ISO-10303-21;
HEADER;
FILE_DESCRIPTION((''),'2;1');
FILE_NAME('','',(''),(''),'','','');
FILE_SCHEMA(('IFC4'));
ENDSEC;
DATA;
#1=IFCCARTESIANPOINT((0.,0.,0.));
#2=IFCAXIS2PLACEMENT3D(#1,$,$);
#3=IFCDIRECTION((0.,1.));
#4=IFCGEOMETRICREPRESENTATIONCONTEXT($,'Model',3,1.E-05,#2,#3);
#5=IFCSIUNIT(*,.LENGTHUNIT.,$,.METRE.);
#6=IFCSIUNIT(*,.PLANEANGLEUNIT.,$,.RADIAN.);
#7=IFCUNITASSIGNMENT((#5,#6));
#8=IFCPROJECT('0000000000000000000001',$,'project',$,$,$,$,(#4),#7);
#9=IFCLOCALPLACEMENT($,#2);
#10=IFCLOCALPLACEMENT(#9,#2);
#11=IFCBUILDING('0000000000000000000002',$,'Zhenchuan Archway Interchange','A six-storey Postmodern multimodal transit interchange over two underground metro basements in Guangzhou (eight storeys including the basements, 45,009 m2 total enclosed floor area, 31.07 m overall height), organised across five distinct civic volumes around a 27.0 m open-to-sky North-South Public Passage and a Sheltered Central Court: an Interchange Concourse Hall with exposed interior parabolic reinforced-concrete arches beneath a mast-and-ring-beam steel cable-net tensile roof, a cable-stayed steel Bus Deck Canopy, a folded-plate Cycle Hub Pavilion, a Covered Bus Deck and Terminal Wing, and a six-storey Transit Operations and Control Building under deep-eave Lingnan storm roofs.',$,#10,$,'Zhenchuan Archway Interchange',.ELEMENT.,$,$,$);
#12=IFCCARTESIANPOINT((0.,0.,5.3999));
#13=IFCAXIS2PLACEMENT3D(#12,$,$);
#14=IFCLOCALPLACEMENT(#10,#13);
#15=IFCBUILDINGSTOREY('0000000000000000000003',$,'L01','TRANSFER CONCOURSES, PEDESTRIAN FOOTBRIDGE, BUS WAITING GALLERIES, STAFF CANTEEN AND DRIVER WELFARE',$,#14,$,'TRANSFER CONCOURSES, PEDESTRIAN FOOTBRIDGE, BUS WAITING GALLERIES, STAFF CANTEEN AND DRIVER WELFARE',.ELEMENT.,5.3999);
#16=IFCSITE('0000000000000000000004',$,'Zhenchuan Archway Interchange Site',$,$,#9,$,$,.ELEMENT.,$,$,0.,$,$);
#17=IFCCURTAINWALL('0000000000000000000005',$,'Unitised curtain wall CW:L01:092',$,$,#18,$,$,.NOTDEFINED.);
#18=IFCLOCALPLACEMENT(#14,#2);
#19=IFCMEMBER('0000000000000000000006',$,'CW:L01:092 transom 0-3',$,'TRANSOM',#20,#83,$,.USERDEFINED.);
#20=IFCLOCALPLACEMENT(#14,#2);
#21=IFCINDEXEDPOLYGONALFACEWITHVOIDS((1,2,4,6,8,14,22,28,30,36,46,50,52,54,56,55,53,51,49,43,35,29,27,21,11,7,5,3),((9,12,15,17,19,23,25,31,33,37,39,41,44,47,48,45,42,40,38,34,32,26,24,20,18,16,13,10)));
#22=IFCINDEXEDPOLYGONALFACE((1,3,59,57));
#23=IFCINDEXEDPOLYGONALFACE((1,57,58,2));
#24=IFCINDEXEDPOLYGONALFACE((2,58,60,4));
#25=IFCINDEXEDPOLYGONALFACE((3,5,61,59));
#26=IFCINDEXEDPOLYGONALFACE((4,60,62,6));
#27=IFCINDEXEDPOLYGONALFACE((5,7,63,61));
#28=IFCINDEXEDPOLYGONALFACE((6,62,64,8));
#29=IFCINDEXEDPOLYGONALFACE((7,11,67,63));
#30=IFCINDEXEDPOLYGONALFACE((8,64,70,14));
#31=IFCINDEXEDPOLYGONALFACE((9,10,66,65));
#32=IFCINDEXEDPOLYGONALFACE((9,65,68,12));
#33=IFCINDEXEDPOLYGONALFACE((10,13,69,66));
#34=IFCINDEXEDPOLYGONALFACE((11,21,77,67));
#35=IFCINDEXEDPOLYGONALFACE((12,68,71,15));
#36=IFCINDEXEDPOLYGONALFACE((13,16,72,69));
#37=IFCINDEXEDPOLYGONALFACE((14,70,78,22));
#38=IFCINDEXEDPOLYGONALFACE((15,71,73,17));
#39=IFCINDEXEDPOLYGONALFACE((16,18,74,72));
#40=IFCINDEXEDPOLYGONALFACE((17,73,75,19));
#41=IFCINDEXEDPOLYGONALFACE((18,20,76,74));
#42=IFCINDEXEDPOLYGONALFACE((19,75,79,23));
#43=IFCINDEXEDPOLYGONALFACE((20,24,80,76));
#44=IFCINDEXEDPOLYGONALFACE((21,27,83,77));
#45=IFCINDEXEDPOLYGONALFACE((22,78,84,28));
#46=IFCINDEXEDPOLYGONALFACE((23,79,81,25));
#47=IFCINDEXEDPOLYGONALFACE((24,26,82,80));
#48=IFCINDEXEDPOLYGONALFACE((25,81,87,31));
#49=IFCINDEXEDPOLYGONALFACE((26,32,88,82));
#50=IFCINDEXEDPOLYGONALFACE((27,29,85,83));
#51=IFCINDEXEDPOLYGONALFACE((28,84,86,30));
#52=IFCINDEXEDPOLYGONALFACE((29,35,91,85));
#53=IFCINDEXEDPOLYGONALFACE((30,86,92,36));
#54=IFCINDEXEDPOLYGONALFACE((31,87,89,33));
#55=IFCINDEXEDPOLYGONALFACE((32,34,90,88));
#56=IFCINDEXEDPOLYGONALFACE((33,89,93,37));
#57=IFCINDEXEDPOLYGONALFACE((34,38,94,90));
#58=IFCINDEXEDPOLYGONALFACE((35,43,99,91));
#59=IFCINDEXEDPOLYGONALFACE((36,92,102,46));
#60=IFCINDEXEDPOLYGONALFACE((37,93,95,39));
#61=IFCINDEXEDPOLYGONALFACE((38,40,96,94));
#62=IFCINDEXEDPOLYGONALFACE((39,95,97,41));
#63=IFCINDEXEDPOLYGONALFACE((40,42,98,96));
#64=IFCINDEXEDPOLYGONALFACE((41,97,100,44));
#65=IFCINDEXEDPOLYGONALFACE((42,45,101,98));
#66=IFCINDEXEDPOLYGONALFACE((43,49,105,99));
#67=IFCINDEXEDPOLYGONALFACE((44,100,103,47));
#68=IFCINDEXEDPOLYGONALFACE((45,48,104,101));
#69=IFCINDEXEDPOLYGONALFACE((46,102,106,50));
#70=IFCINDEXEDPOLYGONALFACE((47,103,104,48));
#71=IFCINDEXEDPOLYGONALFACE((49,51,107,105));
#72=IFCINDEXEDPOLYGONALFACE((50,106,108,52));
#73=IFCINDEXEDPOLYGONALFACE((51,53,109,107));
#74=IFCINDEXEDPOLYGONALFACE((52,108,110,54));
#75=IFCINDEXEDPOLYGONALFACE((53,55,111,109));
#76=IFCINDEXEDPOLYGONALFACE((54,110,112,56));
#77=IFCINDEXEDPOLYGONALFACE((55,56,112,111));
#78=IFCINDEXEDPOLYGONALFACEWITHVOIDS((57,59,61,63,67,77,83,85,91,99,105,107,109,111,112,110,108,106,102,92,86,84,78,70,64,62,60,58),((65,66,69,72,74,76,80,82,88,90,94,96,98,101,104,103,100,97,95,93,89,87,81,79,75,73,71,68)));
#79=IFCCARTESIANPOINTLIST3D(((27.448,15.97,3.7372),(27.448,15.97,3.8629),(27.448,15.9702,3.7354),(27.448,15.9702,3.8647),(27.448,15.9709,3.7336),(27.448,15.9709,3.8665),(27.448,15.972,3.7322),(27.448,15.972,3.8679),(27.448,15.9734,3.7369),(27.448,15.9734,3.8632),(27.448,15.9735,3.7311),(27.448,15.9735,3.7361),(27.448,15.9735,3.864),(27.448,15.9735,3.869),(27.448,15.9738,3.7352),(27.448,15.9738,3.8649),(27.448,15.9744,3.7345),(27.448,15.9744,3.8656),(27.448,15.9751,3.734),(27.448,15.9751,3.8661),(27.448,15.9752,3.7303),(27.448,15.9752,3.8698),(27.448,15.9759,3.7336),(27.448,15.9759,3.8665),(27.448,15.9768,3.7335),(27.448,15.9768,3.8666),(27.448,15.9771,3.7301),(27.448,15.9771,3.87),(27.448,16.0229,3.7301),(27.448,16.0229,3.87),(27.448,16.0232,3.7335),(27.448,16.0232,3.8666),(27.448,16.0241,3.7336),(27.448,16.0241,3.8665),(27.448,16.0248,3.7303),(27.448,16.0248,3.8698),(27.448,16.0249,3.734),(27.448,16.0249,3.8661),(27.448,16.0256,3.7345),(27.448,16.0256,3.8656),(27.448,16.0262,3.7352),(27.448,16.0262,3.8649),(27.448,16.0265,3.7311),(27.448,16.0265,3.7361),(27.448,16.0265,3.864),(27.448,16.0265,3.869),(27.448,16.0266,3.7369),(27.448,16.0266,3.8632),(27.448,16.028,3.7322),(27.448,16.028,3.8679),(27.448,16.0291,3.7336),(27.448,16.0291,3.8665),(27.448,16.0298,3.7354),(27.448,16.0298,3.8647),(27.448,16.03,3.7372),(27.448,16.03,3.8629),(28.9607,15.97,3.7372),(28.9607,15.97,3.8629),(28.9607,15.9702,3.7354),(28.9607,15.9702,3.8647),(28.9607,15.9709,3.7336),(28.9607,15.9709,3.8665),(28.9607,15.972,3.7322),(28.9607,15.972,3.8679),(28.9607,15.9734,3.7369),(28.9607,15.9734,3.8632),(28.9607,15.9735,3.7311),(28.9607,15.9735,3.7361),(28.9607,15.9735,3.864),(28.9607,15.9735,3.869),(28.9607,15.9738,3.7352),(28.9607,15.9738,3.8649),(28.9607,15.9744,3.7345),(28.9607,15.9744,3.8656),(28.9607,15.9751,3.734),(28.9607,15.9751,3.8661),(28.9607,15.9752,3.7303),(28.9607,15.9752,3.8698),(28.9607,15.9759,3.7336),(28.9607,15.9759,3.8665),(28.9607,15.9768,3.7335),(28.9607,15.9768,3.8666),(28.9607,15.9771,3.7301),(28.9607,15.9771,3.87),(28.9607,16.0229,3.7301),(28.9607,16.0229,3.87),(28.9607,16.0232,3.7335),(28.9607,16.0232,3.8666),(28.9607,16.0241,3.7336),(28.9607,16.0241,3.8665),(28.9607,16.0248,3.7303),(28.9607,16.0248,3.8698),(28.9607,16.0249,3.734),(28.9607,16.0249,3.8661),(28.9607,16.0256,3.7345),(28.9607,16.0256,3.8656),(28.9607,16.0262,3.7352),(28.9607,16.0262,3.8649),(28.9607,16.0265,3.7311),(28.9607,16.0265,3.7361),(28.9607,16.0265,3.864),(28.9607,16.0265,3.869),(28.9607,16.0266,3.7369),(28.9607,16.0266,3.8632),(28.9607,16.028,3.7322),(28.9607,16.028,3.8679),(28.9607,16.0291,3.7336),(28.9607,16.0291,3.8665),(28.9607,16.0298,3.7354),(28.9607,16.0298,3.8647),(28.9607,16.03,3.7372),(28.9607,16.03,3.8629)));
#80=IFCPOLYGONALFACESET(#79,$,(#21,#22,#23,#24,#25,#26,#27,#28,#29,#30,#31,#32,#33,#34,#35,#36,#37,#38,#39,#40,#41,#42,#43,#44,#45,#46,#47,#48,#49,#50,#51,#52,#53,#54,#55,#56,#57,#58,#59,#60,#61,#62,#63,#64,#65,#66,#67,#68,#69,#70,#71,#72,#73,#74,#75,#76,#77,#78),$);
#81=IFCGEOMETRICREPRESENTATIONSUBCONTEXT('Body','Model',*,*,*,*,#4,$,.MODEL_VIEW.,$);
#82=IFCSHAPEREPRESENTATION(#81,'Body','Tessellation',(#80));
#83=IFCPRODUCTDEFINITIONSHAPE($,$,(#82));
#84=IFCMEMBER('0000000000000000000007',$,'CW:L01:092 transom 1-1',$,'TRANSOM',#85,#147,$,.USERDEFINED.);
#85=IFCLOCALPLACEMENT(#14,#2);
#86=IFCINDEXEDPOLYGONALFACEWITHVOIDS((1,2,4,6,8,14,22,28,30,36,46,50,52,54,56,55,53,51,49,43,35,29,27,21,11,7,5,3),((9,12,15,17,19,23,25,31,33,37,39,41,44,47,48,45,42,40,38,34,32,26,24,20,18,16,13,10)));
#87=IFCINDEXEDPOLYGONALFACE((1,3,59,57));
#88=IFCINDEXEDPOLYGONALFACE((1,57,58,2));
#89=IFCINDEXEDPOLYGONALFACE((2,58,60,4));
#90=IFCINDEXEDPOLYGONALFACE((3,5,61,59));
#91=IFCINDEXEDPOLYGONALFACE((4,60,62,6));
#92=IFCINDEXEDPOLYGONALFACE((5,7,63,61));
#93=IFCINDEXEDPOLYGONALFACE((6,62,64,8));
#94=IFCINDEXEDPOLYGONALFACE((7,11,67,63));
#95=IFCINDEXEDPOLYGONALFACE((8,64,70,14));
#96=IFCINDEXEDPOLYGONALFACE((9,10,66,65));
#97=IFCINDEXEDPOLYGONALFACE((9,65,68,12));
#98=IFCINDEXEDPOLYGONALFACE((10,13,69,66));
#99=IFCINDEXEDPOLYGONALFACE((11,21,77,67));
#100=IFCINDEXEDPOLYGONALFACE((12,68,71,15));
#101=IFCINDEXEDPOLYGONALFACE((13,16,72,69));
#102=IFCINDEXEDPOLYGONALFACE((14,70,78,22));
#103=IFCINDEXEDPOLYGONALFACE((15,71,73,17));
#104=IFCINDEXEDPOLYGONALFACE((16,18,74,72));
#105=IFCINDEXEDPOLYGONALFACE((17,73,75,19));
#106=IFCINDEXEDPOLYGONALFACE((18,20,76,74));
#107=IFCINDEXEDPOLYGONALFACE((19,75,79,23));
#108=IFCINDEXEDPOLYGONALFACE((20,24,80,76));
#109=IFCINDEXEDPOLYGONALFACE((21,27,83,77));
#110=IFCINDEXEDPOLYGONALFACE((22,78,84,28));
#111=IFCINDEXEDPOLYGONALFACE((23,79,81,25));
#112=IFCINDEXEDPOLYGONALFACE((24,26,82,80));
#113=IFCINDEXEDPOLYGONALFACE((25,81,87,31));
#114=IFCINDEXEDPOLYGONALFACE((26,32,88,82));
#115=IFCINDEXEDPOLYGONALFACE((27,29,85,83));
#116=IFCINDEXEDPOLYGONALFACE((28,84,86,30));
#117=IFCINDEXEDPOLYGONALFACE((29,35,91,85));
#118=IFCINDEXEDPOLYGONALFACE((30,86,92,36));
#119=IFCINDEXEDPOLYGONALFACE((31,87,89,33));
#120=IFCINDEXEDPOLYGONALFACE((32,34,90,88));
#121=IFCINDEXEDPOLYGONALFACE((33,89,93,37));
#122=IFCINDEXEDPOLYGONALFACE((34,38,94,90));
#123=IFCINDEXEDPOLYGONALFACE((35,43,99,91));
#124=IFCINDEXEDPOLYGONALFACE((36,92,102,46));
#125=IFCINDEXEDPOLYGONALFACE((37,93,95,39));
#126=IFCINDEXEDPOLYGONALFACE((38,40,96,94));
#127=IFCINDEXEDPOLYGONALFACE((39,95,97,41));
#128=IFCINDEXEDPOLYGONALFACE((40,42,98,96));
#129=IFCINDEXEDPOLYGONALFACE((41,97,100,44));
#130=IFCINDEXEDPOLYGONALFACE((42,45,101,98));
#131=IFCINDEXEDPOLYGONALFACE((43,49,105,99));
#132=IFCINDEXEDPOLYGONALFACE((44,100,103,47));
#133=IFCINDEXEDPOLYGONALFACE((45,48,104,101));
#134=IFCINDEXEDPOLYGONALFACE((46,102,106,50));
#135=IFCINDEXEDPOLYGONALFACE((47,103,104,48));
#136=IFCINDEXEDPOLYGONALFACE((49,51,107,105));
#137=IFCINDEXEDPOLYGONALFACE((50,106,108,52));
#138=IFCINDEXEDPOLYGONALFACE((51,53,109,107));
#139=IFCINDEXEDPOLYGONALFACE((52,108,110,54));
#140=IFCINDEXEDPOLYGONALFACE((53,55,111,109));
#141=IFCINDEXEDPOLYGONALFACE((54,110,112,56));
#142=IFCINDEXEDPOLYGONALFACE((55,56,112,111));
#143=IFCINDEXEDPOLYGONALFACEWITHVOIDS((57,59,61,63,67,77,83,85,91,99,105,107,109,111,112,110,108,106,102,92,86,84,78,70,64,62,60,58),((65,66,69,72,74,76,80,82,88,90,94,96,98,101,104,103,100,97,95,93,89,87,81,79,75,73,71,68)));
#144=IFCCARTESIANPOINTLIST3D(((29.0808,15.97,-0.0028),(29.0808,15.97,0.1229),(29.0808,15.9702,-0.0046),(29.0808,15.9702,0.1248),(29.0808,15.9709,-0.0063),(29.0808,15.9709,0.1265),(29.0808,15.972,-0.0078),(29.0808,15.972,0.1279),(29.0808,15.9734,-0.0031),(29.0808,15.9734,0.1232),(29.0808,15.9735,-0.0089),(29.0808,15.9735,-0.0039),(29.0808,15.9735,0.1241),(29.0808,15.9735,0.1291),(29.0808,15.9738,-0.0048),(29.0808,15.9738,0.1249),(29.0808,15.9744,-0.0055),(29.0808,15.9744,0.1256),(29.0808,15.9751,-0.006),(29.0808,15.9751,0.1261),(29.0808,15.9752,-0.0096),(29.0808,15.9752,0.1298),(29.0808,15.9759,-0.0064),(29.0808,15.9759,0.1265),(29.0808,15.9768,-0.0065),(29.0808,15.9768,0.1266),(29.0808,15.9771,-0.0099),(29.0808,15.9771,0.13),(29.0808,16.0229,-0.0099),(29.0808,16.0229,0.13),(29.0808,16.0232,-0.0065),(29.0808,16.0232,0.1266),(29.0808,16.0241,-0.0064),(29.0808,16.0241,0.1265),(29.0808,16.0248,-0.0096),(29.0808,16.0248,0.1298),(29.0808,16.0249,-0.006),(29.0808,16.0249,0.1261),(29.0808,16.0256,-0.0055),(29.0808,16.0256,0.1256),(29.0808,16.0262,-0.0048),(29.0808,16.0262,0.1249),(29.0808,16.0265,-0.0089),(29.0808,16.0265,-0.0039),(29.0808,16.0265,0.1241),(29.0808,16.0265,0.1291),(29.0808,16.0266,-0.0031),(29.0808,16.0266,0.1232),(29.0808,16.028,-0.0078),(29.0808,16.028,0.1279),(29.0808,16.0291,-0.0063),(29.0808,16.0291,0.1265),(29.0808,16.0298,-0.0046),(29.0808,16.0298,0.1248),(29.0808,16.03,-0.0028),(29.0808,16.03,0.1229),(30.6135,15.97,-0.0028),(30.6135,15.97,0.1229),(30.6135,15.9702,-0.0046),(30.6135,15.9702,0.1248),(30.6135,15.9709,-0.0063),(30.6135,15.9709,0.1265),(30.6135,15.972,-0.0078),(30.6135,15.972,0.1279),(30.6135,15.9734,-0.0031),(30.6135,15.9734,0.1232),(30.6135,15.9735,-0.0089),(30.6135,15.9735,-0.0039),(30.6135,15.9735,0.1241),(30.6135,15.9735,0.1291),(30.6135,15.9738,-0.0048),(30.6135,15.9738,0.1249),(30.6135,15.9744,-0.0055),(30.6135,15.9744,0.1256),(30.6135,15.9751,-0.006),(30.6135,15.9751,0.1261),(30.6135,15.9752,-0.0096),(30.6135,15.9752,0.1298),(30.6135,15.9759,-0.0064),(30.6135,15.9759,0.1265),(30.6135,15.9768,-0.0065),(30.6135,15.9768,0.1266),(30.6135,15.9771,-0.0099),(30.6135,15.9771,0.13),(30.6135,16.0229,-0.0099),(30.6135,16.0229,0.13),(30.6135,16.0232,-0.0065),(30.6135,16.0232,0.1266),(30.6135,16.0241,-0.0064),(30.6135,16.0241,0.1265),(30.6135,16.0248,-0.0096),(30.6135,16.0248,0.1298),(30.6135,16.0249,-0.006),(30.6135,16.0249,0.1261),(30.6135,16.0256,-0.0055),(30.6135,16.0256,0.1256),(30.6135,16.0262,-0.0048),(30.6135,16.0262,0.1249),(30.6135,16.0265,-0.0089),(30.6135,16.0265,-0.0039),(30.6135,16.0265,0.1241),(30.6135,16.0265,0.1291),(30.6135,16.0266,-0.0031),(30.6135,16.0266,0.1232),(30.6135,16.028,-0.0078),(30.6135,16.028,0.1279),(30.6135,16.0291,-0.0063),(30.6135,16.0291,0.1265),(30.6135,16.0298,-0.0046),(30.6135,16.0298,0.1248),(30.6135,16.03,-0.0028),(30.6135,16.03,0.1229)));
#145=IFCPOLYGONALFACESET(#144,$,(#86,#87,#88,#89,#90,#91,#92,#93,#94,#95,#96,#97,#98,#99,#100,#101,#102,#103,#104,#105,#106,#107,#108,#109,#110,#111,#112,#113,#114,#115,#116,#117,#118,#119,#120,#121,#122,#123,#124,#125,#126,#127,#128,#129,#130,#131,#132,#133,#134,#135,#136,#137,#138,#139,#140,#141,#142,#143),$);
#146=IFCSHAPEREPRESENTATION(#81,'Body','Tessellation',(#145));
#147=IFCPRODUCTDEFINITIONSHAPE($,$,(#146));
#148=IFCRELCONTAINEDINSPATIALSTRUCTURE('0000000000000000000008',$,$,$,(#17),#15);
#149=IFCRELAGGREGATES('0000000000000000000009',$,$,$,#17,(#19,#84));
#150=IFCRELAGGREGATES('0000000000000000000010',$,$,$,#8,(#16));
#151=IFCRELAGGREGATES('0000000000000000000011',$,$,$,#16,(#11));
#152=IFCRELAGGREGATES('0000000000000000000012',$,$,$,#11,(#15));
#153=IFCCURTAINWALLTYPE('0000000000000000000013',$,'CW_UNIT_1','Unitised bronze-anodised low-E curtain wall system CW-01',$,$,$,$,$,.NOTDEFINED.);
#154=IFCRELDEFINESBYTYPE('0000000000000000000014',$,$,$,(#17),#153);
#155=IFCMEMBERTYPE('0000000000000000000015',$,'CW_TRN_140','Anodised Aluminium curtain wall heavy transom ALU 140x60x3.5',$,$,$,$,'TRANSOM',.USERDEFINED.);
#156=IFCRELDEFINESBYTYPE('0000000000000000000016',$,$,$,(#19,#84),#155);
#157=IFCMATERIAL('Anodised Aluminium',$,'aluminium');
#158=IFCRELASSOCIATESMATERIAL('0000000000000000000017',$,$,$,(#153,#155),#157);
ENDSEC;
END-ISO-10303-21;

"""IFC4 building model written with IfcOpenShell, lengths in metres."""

from ifc_helpers import new_model, si_unit, direction, frame, origin, origin_2d, place, context, subcontext, project, spatial, hollow_rectangle, extrude, material, material_profile, profile_set, type_object, element, aggregate, save


model = new_model("IFC4")

# Units and contexts
model_context = context("Model", 3, precision=1e-05, world=origin(), true_north=direction((0.0, 1.0)))
body_context = subcontext(model_context, "Body", "Model", "MODEL_VIEW")
ifc_project = project(units=[si_unit("LENGTHUNIT", "METRE"), si_unit("PLANEANGLEUNIT", "RADIAN")], contexts=[model_context])

# Site, building, storey
site_placement = place(None, origin())
site = spatial("IfcSite", under=ifc_project, at=site_placement, Name="Zhenchuan Archway Interchange Site", CompositionType="ELEMENT", RefElevation=0.0)
building_placement = place(site_placement, origin())
building = spatial("IfcBuilding", under=site, at=building_placement, Name="Zhenchuan Archway Interchange", Description="A six-storey Postmodern multimodal transit interchange over two underground metro basements in Guangzhou (eight storeys including the basements, 45,009 m2 total enclosed floor area, 31.07 m overall height), organised across five distinct civic volumes around a 27.0 m open-to-sky North-South Public Passage and a Sheltered Central Court: an Interchange Concourse Hall with exposed interior parabolic reinforced-concrete arches beneath a mast-and-ring-beam steel cable-net tensile roof, a cable-stayed steel Bus Deck Canopy, a folded-plate Cycle Hub Pavilion, a Covered Bus Deck and Terminal Wing, and a six-storey Transit Operations and Control Building under deep-eave Lingnan storm roofs.", LongName="Zhenchuan Archway Interchange", CompositionType="ELEMENT")
storey_placement = place(building_placement, frame((0.0, 0.0, 5.3999)))
storey = spatial("IfcBuildingStorey", under=building, at=storey_placement, Name="L01", Description="TRANSFER CONCOURSES, PEDESTRIAN FOOTBRIDGE, BUS WAITING GALLERIES, STAFF CANTEEN AND DRIVER WELFARE", LongName="TRANSFER CONCOURSES, PEDESTRIAN FOOTBRIDGE, BUS WAITING GALLERIES, STAFF CANTEEN AND DRIVER WELFARE", CompositionType="ELEMENT", Elevation=5.3999)

# Curtain wall, members
ifc_material_1 = material(Name="Anodised Aluminium", Category="aluminium")
curtain_wall_type = type_object("IfcCurtainWallType", Name="CW_UNIT_1", Description="Unitised bronze-anodised low-E curtain wall system CW-01", PredefinedType="NOTDEFINED", material=ifc_material_1)
curtain_wall_placement = place(storey_placement, origin())
curtain_wall = element("IfcCurtainWall", 1, at=curtain_wall_placement, inside=storey, type_object=curtain_wall_type, Name="Unitised curtain wall CW:L01:092", PredefinedType="NOTDEFINED")
ifc_material_profile_1 = material_profile(ifc_material_1, hollow_rectangle(XDim=0.0601, YDim=0.1399, WallThickness=0.0034, InnerFilletRadius=0.0034, OuterFilletRadius=0.0071, at=origin_2d()), Name="ALU 140x60x3.5")
ifc_profile_set_1 = profile_set([ifc_material_profile_1], Name="Anodised Aluminium")
member_type_1 = type_object("IfcMemberType", Name="CW_TRN_140", Description="Anodised Aluminium curtain wall heavy transom ALU 140x60x3.5", ElementType="TRANSOM", PredefinedType="USERDEFINED", material=ifc_profile_set_1)
member_1_placement = place(storey_placement, frame((27.448, 16.0, 3.8), z_axis=(1.0, 0.0, 0.0), x_axis=(0.0, 1.0, 0.0)))
member_1 = element("IfcMember", 2, at=member_1_placement, type_object=member_type_1, Name="CW:L01:092 transom 0-3", ObjectType="TRANSOM", PredefinedType="USERDEFINED", context=body_context, shape_type="SweptSolid", body=[
    extrude(hollow_rectangle(XDim=0.0601, YDim=0.1399, WallThickness=0.0034, InnerFilletRadius=0.0034, OuterFilletRadius=0.0071, at=origin_2d()), origin(), (0.0, 0.0, 1.0), 1.5127),
])
member_2_placement = place(storey_placement, frame((29.0808, 16.0, 0.0601), z_axis=(1.0, 0.0, 0.0), x_axis=(0.0, 1.0, 0.0)))
member_2 = element("IfcMember", 3, at=member_2_placement, type_object=member_type_1, Name="CW:L01:092 transom 1-1", ObjectType="TRANSOM", PredefinedType="USERDEFINED", context=body_context, shape_type="SweptSolid", body=[
    extrude(hollow_rectangle(XDim=0.0601, YDim=0.1399, WallThickness=0.0034, InnerFilletRadius=0.0034, OuterFilletRadius=0.0071, at=origin_2d()), origin(), (0.0, 0.0, 1.0), 1.5327),
])

aggregate(curtain_wall, [member_1, member_2])

save(model, "model.ifc")
